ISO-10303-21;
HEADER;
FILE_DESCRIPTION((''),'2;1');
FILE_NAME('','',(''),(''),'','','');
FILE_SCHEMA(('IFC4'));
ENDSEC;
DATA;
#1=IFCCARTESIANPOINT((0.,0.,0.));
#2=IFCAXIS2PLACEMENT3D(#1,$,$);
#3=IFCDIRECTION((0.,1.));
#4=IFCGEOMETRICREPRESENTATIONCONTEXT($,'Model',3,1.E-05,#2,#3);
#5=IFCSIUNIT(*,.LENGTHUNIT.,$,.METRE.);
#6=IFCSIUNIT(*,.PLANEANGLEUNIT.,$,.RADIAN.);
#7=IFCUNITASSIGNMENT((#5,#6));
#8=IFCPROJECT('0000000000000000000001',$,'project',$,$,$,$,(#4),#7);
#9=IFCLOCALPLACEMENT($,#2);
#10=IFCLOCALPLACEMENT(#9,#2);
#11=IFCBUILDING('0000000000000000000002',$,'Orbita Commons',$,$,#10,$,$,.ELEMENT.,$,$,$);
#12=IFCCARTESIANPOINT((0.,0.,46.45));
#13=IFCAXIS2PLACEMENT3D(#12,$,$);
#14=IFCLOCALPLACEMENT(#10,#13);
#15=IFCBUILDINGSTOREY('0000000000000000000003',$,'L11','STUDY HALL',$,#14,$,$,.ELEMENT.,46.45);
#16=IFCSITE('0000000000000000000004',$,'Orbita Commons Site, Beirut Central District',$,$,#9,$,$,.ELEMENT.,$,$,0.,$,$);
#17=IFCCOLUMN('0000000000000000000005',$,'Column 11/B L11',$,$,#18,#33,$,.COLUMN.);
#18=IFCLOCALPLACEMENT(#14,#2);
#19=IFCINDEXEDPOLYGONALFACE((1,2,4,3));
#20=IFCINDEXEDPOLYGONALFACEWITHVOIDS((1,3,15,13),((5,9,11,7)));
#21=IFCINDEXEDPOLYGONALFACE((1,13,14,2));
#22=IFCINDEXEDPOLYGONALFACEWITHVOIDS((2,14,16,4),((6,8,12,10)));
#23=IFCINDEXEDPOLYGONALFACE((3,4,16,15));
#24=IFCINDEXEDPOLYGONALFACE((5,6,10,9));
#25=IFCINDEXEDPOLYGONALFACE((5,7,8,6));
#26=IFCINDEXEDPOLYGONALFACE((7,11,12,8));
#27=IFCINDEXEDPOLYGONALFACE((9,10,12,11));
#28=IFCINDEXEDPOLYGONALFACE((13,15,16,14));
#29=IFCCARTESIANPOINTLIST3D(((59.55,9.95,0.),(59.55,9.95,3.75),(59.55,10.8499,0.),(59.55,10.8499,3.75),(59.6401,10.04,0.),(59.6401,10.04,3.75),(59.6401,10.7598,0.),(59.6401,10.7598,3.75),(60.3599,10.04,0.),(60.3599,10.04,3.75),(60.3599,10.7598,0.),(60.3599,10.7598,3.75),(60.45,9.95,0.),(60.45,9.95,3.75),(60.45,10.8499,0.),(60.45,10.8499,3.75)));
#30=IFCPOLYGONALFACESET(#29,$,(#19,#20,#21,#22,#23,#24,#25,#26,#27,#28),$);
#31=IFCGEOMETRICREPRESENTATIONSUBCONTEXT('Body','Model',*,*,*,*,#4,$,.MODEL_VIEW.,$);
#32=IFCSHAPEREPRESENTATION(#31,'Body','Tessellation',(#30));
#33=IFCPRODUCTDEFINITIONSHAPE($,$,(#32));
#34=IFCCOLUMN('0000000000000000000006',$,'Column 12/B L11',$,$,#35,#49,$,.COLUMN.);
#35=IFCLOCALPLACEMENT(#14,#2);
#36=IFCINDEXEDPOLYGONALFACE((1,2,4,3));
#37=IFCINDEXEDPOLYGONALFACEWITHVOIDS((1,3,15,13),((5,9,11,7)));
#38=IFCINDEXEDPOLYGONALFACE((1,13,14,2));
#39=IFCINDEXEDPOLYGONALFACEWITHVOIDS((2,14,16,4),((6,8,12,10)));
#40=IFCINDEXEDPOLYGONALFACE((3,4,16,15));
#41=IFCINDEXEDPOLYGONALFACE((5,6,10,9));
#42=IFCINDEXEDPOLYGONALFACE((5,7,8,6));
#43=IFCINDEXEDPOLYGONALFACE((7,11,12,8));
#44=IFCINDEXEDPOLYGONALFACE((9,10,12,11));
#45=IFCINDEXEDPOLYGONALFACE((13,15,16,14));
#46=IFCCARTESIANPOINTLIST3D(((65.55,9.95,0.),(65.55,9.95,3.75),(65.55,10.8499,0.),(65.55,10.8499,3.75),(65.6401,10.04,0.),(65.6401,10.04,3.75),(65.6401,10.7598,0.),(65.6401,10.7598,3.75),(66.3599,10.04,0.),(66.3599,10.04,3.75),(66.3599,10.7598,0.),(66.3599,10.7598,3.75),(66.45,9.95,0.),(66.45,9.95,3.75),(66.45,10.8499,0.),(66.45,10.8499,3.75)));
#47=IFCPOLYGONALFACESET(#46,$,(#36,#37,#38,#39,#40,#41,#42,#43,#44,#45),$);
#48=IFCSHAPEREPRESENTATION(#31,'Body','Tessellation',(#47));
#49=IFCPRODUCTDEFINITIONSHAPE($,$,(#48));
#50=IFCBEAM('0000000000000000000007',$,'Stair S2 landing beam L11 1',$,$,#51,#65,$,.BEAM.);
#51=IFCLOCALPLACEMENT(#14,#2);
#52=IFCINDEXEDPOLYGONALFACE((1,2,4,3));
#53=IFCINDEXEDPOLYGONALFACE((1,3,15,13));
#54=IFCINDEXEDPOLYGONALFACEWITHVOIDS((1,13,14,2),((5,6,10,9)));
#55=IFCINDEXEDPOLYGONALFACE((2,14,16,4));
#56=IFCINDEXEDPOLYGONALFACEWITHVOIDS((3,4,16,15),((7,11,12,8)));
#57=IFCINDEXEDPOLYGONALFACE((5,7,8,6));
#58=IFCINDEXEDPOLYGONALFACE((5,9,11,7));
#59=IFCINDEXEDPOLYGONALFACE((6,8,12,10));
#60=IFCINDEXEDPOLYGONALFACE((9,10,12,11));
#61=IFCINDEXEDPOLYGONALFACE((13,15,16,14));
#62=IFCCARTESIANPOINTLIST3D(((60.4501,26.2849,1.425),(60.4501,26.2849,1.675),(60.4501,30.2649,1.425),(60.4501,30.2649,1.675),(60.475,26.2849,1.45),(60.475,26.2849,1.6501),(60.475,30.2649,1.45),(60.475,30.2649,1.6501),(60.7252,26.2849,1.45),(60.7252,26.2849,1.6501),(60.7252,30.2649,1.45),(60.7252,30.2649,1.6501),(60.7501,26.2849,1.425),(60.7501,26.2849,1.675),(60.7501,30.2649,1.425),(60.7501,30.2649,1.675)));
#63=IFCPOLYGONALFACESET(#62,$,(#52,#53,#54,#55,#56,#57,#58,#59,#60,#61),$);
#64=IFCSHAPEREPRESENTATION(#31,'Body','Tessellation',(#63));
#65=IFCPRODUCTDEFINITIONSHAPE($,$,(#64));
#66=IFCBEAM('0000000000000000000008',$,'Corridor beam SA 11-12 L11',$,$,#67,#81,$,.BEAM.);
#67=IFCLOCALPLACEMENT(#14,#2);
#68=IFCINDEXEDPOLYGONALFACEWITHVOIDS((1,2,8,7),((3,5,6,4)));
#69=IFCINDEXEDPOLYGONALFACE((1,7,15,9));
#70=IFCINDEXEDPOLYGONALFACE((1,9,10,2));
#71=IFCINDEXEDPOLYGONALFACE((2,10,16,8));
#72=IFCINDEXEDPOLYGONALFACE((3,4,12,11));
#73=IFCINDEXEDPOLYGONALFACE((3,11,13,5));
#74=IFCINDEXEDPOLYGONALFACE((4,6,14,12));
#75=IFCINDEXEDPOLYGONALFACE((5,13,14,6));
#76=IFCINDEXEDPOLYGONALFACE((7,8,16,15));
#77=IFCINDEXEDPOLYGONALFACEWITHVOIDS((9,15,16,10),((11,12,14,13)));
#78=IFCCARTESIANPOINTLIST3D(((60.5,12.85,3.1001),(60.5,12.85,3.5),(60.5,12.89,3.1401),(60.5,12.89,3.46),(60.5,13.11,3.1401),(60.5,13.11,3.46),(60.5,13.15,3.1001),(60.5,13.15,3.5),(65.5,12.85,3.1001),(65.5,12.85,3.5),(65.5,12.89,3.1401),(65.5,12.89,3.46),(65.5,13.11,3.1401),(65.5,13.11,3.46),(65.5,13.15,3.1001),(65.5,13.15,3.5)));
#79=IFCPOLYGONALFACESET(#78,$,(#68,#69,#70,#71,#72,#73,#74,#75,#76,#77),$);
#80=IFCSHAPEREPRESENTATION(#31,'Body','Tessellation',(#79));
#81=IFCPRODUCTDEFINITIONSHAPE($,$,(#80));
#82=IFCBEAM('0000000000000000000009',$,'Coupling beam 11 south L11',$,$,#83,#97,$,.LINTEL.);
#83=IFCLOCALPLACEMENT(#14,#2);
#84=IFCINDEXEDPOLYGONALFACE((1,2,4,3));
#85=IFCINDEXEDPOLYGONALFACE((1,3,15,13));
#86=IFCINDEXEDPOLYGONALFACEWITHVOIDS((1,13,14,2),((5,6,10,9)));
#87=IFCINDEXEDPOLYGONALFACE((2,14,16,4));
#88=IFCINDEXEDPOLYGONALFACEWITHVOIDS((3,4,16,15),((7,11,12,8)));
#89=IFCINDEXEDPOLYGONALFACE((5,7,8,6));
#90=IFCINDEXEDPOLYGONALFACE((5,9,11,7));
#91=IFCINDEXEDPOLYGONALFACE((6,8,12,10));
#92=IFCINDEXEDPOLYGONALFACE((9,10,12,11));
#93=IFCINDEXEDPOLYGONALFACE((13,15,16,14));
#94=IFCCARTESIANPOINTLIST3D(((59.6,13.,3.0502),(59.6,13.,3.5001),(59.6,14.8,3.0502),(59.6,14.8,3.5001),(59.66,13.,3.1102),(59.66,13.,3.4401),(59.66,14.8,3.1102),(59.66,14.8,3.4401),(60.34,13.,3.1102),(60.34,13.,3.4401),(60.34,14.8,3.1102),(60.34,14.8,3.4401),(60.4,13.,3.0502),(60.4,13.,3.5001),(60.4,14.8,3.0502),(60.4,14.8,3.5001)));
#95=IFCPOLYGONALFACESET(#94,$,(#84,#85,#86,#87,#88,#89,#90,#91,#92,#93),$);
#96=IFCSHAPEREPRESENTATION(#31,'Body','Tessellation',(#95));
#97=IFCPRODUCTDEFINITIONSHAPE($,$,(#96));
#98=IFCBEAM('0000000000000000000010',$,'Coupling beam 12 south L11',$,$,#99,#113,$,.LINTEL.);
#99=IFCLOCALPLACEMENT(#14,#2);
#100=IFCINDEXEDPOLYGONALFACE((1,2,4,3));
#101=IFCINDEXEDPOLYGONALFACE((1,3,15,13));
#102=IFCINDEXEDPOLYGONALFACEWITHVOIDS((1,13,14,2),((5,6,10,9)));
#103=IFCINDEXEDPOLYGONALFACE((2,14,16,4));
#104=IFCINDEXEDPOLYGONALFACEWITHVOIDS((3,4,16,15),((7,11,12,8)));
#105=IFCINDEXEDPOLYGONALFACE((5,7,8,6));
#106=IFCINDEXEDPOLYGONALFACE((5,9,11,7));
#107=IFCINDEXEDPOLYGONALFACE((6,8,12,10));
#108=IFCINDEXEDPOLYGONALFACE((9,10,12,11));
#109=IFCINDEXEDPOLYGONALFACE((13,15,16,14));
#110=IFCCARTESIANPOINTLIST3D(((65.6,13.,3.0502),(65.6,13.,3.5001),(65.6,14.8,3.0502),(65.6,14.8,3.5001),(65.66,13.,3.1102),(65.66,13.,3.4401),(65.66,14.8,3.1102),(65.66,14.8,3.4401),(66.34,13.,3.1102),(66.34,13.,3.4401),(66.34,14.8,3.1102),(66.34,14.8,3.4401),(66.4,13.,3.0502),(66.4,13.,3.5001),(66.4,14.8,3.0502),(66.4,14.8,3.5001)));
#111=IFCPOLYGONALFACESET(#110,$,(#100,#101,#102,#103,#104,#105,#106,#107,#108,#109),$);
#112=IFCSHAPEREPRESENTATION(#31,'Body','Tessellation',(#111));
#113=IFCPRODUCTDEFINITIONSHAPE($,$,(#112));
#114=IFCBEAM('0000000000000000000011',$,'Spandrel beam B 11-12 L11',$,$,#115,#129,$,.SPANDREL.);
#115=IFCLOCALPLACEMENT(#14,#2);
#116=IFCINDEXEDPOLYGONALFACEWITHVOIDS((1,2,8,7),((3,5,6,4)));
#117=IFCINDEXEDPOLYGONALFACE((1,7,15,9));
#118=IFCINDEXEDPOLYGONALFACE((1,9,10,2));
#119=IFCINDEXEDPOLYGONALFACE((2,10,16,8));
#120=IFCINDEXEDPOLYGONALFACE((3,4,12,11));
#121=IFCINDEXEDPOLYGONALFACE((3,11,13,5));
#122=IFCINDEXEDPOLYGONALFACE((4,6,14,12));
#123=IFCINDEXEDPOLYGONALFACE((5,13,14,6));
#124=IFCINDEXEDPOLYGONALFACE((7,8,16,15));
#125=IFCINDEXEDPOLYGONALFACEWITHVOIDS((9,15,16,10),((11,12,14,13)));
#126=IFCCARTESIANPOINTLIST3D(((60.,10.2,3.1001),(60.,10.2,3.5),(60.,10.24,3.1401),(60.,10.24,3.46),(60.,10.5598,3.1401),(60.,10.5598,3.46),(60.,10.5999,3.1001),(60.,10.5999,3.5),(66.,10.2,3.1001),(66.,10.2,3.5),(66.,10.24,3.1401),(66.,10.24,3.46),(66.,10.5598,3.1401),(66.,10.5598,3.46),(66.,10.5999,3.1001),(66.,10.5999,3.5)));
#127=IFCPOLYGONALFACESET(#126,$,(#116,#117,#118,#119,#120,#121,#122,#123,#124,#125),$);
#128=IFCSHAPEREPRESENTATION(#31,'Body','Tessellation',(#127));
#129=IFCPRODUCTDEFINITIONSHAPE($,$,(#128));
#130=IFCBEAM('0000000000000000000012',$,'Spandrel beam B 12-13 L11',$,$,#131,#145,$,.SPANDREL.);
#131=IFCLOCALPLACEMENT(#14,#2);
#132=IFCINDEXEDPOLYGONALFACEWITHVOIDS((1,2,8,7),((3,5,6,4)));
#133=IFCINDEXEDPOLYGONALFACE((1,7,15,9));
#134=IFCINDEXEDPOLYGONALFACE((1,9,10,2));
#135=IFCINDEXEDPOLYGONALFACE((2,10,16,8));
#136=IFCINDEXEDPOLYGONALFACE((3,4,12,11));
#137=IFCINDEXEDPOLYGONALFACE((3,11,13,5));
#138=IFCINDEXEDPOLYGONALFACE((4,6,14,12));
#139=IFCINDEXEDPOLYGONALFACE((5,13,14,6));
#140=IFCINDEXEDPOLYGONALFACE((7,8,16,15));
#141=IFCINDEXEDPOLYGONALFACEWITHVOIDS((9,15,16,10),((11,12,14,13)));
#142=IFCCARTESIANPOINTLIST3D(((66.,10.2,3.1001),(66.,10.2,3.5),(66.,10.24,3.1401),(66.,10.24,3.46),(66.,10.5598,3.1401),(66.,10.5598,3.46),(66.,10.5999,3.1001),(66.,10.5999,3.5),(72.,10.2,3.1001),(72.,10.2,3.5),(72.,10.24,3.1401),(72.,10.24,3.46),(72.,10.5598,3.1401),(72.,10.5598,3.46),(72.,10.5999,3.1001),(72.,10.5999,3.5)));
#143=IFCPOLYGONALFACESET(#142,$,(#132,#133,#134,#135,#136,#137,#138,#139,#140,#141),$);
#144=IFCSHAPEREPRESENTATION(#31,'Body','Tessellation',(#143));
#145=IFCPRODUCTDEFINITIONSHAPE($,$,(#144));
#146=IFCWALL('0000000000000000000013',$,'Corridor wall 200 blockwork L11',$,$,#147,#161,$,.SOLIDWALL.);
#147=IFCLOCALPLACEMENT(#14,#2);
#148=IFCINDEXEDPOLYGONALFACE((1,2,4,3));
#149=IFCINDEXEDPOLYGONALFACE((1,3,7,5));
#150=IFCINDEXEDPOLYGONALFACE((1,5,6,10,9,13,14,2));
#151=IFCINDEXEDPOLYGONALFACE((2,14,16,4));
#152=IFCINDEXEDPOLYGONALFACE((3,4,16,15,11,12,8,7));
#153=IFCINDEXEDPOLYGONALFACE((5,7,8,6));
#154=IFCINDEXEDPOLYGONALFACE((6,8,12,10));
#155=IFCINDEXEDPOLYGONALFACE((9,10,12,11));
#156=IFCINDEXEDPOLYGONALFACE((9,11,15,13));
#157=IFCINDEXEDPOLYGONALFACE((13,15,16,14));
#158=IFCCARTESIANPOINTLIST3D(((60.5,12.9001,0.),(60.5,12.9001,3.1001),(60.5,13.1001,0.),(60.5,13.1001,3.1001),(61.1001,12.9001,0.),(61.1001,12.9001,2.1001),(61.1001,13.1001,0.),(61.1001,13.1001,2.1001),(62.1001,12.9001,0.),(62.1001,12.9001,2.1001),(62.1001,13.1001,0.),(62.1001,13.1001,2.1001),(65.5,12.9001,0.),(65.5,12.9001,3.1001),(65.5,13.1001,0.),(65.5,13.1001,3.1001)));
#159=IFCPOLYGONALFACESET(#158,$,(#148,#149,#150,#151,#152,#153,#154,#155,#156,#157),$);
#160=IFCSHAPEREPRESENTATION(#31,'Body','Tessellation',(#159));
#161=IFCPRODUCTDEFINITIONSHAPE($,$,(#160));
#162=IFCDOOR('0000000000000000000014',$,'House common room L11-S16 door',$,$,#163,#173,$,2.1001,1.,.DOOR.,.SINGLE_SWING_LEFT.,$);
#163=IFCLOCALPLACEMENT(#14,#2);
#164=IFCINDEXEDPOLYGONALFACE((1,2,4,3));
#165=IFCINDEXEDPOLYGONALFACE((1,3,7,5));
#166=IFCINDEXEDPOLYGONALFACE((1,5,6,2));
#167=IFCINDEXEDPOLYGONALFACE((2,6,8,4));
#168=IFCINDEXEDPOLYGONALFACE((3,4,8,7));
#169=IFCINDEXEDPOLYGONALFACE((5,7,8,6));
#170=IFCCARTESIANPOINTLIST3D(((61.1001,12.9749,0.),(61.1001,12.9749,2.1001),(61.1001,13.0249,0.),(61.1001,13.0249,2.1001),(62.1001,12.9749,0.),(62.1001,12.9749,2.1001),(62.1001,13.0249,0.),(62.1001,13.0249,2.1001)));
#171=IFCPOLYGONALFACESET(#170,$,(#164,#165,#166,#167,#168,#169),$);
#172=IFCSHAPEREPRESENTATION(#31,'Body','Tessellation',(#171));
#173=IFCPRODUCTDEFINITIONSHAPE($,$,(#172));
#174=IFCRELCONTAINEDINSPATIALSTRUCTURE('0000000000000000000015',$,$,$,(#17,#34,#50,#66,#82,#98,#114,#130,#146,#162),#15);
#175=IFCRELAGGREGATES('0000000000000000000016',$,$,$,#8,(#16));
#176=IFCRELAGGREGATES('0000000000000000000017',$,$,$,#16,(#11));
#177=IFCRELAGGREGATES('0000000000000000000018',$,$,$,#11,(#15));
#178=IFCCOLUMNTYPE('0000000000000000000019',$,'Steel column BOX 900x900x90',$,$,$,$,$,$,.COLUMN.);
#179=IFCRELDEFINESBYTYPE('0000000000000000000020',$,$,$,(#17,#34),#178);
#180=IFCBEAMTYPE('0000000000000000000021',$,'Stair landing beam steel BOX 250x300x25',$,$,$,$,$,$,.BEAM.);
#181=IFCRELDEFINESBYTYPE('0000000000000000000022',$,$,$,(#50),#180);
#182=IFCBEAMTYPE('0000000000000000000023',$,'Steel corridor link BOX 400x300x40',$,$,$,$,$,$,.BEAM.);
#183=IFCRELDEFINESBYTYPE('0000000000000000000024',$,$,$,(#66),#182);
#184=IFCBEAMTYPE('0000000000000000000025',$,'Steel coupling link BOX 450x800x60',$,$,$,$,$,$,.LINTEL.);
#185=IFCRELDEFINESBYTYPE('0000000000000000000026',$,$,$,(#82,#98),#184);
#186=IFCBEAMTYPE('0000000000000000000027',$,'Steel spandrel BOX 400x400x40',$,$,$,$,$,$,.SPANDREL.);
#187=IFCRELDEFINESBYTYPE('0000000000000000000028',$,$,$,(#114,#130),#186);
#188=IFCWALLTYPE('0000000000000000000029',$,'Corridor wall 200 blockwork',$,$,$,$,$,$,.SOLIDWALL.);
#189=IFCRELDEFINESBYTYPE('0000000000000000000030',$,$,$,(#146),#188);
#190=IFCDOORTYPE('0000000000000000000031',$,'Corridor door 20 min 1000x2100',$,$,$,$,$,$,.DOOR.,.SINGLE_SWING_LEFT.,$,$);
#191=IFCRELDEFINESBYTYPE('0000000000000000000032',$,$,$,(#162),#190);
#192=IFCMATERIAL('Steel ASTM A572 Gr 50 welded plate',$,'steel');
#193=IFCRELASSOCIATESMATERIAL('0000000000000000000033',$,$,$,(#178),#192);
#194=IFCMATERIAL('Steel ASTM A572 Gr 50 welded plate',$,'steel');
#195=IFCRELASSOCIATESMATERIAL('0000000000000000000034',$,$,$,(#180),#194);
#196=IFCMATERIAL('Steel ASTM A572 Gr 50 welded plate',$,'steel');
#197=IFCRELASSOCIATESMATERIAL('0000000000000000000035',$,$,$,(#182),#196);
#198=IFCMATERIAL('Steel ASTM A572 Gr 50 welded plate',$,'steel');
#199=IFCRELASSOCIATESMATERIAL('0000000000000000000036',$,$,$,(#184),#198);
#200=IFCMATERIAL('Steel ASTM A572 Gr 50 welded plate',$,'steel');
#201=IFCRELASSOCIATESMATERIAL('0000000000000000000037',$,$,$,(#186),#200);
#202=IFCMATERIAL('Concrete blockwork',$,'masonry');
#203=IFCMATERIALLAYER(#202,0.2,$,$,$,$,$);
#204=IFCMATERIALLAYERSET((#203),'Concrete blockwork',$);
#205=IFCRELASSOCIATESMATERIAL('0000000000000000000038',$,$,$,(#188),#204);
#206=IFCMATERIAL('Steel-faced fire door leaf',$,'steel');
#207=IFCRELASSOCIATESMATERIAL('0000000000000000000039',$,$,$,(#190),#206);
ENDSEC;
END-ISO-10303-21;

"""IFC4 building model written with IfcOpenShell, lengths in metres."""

from ifc_helpers import new_model, si_unit, direction, frame, frame_2d, origin, origin_2d, place, context, subcontext, project, spatial, polyline, rectangle, hollow_rectangle, outline, extrude, material, layer, layer_set, material_profile, profile_set, type_object, element, fill, save


model = new_model("IFC4")

# Units and contexts
model_context = context("Model", 3, precision=1e-05, world=origin(), true_north=direction((0.0, 1.0)))
body_context = subcontext(model_context, "Body", "Model", "MODEL_VIEW")
ifc_project = project(units=[si_unit("LENGTHUNIT", "METRE"), si_unit("PLANEANGLEUNIT", "RADIAN")], contexts=[model_context])

# Site, building, storey
site_placement = place(None, origin())
site = spatial("IfcSite", under=ifc_project, at=site_placement, Name="Orbita Commons Site, Beirut Central District", CompositionType="ELEMENT", RefElevation=0.0)
building_placement = place(site_placement, origin())
building = spatial("IfcBuilding", under=site, at=building_placement, Name="Orbita Commons", CompositionType="ELEMENT")
storey_placement = place(building_placement, frame((0.0, 0.0, 46.45)))
storey = spatial("IfcBuildingStorey", under=building, at=storey_placement, Name="L11", Description="STUDY HALL", CompositionType="ELEMENT", Elevation=46.45)

# Columns
ifc_material_1 = material(Name="Steel ASTM A572 Gr 50 welded plate", Category="steel")
ifc_material_profile_1 = material_profile(ifc_material_1, hollow_rectangle(XDim=0.8999, YDim=0.8999, WallThickness=0.0901, at=origin_2d()), Name="BOX 900x900x90")
ifc_profile_set_1 = profile_set([ifc_material_profile_1], Name="Steel ASTM A572 Gr 50 welded plate")
column_type = type_object("IfcColumnType", Name="Steel column BOX 900x900x90", PredefinedType="COLUMN", material=ifc_profile_set_1)
for number, where, z_axis, x_axis, name in (
    (1, (60.0, 10.3999, 0.0), (0.0, 0.0, 1.0), (1.0, 0.0, 0.0), "Column 11/B L11"),
    (2, (66.0, 10.3999, 0.0), (0.0, 0.0, 1.0), (1.0, 0.0, 0.0), "Column 12/B L11"),
):
    element("IfcColumn", number, at=place(storey_placement, frame(where, z_axis=z_axis, x_axis=x_axis)), inside=storey, type_object=column_type, Name=name, PredefinedType="COLUMN", context=body_context, shape_type="SweptSolid", body=[
        extrude(hollow_rectangle(XDim=0.8999, YDim=0.8999, WallThickness=0.0901, at=origin_2d()), origin(), (0.0, 0.0, 1.0), 3.75),
    ])

# Beams
ifc_material_2 = material(Name="Steel ASTM A572 Gr 50 welded plate", Category="steel")
ifc_material_profile_2 = material_profile(ifc_material_2, hollow_rectangle(XDim=0.3, YDim=0.25, WallThickness=0.0249, at=origin_2d()), Name="BOX 250x300x25")
ifc_profile_set_2 = profile_set([ifc_material_profile_2], Name="Steel ASTM A572 Gr 50 welded plate")
beam_type_1 = type_object("IfcBeamType", Name="Stair landing beam steel BOX 250x300x25", PredefinedType="BEAM", material=ifc_profile_set_2)
beam_1_placement = place(storey_placement, frame((60.6001, 26.2849, 1.55), z_axis=(0.0, 1.0, 0.0), x_axis=(-1.0, 0.0, 0.0)))
element("IfcBeam", 3, at=beam_1_placement, inside=storey, type_object=beam_type_1, Name="Stair S2 landing beam L11 1", PredefinedType="BEAM", context=body_context, shape_type="SweptSolid", body=[
    extrude(hollow_rectangle(XDim=0.3, YDim=0.25, WallThickness=0.0249, at=origin_2d()), origin(), (0.0, 0.0, 1.0), 3.98),
])
ifc_material_3 = material(Name="Steel ASTM A572 Gr 50 welded plate", Category="steel")
ifc_material_profile_3 = material_profile(ifc_material_3, hollow_rectangle(XDim=0.3, YDim=0.3999, WallThickness=0.04, at=origin_2d()), Name="BOX 400x300x40")
ifc_profile_set_3 = profile_set([ifc_material_profile_3], Name="Steel ASTM A572 Gr 50 welded plate")
beam_type_2 = type_object("IfcBeamType", Name="Steel corridor link BOX 400x300x40", PredefinedType="BEAM", material=ifc_profile_set_3)
beam_2_placement = place(storey_placement, frame((60.5, 13.0, 3.3), z_axis=(1.0, 0.0, 0.0), x_axis=(0.0, 1.0, 0.0)))
element("IfcBeam", 4, at=beam_2_placement, inside=storey, type_object=beam_type_2, Name="Corridor beam SA 11-12 L11", PredefinedType="BEAM", context=body_context, shape_type="SweptSolid", body=[
    extrude(hollow_rectangle(XDim=0.3, YDim=0.3999, WallThickness=0.04, at=origin_2d()), origin(), (0.0, 0.0, 1.0), 5.0),
])
ifc_material_4 = material(Name="Steel ASTM A572 Gr 50 welded plate", Category="steel")
ifc_material_profile_4 = material_profile(ifc_material_4, hollow_rectangle(XDim=0.8, YDim=0.45, WallThickness=0.0601, at=origin_2d()), Name="BOX 450x800x60")
ifc_profile_set_4 = profile_set([ifc_material_profile_4], Name="Steel ASTM A572 Gr 50 welded plate")
beam_type_3 = type_object("IfcBeamType", Name="Steel coupling link BOX 450x800x60", PredefinedType="LINTEL", material=ifc_profile_set_4)
for number, where, z_axis, x_axis, name in (
    (5, (60.0, 13.0, 3.2751), (0.0, 1.0, 0.0), (-1.0, 0.0, 0.0), "Coupling beam 11 south L11"),
    (6, (66.0, 13.0, 3.2751), (0.0, 1.0, 0.0), (-1.0, 0.0, 0.0), "Coupling beam 12 south L11"),
):
    element("IfcBeam", number, at=place(storey_placement, frame(where, z_axis=z_axis, x_axis=x_axis)), inside=storey, type_object=beam_type_3, Name=name, PredefinedType="LINTEL", context=body_context, shape_type="SweptSolid", body=[
        extrude(hollow_rectangle(XDim=0.8, YDim=0.45, WallThickness=0.0601, at=origin_2d()), origin(), (0.0, 0.0, 1.0), 1.8),
    ])
ifc_material_5 = material(Name="Steel ASTM A572 Gr 50 welded plate", Category="steel")
ifc_material_profile_5 = material_profile(ifc_material_5, hollow_rectangle(XDim=0.3999, YDim=0.3999, WallThickness=0.04, at=origin_2d()), Name="BOX 400x400x40")
ifc_profile_set_5 = profile_set([ifc_material_profile_5], Name="Steel ASTM A572 Gr 50 welded plate")
beam_type_4 = type_object("IfcBeamType", Name="Steel spandrel BOX 400x400x40", PredefinedType="SPANDREL", material=ifc_profile_set_5)
for number, where, z_axis, x_axis, name in (
    (7, (60.0, 10.3999, 3.3), (1.0, 0.0, 0.0), (0.0, 1.0, 0.0), "Spandrel beam B 11-12 L11"),
    (8, (66.0, 10.3999, 3.3), (1.0, 0.0, 0.0), (0.0, 1.0, 0.0), "Spandrel beam B 12-13 L11"),
):
    element("IfcBeam", number, at=place(storey_placement, frame(where, z_axis=z_axis, x_axis=x_axis)), inside=storey, type_object=beam_type_4, Name=name, PredefinedType="SPANDREL", context=body_context, shape_type="SweptSolid", body=[
        extrude(hollow_rectangle(XDim=0.3999, YDim=0.3999, WallThickness=0.04, at=origin_2d()), origin(), (0.0, 0.0, 1.0), 6.0),
    ])

# Wall, opening, door
ifc_material_6 = material(Name="Concrete blockwork", Category="masonry")
ifc_layer_1 = layer(ifc_material_6, 0.2)
ifc_layer_set_1 = layer_set([ifc_layer_1], Name="Concrete blockwork")
wall_type_1 = type_object("IfcWallType", Name="Corridor wall 200 blockwork", PredefinedType="SOLIDWALL", material=ifc_layer_set_1)
wall_1_placement = place(storey_placement, frame((60.5, 13.0, 0.0), z_axis=(0.0, 0.0, 1.0), x_axis=(1.0, 0.0, 0.0)))
wall_1 = element("IfcWall", 9, at=wall_1_placement, inside=storey, type_object=wall_type_1, Name="Corridor wall 200 blockwork L11", PredefinedType="SOLIDWALL", context=body_context, shape_type="SweptSolid", body=[
    extrude(outline(polyline([(0.0, 0.0), (5.0, 0.0), (5.0, 3.1001), (0.0, 3.1001), (0.0, 0.0)])), frame((0.0, 0.1001, 0.0), z_axis=(0.0, -1.0, 0.0), x_axis=(1.0, 0.0, 0.0)), (0.0, 0.0, 1.0), 0.2),
])
opening_1_placement = place(wall_1_placement, frame((0.6001, 0.0, 0.0)))
opening_1 = element("IfcOpeningElement", 10, at=opening_1_placement, cuts=wall_1, PredefinedType="OPENING", context=body_context, shape_type="SweptSolid", body=[
    extrude(rectangle(XDim=1.0, YDim=2.1001, at=frame_2d((0.5, 1.05))), frame((0.0, 0.1099, 0.0), z_axis=(0.0, -1.0, 0.0), x_axis=(1.0, 0.0, 0.0)), (0.0, 0.0, 1.0), 0.22),
])
ifc_material_7 = material(Name="Steel-faced fire door leaf", Category="steel")
door_type = type_object("IfcDoorType", Name="Corridor door 20 min 1000x2100", OperationType="SINGLE_SWING_LEFT", PredefinedType="DOOR", material=ifc_material_7)
door_1_placement = place(opening_1_placement, origin())
door_1 = element("IfcDoor", 11, at=door_1_placement, inside=storey, type_object=door_type, Name="House common room L11-S16 door", OperationType="SINGLE_SWING_LEFT", OverallHeight=2.1001, OverallWidth=1.0, PredefinedType="DOOR", context=body_context, shape_type="SweptSolid", body=[
    extrude(rectangle(XDim=1.0, YDim=2.1001, at=frame_2d((0.5, 1.05))), frame((0.0, 0.0249, 0.0), z_axis=(0.0, -1.0, 0.0), x_axis=(1.0, 0.0, 0.0)), (0.0, 0.0, 1.0), 0.05),
])
fill(opening_1, door_1)

save(model, "model.ifc")
